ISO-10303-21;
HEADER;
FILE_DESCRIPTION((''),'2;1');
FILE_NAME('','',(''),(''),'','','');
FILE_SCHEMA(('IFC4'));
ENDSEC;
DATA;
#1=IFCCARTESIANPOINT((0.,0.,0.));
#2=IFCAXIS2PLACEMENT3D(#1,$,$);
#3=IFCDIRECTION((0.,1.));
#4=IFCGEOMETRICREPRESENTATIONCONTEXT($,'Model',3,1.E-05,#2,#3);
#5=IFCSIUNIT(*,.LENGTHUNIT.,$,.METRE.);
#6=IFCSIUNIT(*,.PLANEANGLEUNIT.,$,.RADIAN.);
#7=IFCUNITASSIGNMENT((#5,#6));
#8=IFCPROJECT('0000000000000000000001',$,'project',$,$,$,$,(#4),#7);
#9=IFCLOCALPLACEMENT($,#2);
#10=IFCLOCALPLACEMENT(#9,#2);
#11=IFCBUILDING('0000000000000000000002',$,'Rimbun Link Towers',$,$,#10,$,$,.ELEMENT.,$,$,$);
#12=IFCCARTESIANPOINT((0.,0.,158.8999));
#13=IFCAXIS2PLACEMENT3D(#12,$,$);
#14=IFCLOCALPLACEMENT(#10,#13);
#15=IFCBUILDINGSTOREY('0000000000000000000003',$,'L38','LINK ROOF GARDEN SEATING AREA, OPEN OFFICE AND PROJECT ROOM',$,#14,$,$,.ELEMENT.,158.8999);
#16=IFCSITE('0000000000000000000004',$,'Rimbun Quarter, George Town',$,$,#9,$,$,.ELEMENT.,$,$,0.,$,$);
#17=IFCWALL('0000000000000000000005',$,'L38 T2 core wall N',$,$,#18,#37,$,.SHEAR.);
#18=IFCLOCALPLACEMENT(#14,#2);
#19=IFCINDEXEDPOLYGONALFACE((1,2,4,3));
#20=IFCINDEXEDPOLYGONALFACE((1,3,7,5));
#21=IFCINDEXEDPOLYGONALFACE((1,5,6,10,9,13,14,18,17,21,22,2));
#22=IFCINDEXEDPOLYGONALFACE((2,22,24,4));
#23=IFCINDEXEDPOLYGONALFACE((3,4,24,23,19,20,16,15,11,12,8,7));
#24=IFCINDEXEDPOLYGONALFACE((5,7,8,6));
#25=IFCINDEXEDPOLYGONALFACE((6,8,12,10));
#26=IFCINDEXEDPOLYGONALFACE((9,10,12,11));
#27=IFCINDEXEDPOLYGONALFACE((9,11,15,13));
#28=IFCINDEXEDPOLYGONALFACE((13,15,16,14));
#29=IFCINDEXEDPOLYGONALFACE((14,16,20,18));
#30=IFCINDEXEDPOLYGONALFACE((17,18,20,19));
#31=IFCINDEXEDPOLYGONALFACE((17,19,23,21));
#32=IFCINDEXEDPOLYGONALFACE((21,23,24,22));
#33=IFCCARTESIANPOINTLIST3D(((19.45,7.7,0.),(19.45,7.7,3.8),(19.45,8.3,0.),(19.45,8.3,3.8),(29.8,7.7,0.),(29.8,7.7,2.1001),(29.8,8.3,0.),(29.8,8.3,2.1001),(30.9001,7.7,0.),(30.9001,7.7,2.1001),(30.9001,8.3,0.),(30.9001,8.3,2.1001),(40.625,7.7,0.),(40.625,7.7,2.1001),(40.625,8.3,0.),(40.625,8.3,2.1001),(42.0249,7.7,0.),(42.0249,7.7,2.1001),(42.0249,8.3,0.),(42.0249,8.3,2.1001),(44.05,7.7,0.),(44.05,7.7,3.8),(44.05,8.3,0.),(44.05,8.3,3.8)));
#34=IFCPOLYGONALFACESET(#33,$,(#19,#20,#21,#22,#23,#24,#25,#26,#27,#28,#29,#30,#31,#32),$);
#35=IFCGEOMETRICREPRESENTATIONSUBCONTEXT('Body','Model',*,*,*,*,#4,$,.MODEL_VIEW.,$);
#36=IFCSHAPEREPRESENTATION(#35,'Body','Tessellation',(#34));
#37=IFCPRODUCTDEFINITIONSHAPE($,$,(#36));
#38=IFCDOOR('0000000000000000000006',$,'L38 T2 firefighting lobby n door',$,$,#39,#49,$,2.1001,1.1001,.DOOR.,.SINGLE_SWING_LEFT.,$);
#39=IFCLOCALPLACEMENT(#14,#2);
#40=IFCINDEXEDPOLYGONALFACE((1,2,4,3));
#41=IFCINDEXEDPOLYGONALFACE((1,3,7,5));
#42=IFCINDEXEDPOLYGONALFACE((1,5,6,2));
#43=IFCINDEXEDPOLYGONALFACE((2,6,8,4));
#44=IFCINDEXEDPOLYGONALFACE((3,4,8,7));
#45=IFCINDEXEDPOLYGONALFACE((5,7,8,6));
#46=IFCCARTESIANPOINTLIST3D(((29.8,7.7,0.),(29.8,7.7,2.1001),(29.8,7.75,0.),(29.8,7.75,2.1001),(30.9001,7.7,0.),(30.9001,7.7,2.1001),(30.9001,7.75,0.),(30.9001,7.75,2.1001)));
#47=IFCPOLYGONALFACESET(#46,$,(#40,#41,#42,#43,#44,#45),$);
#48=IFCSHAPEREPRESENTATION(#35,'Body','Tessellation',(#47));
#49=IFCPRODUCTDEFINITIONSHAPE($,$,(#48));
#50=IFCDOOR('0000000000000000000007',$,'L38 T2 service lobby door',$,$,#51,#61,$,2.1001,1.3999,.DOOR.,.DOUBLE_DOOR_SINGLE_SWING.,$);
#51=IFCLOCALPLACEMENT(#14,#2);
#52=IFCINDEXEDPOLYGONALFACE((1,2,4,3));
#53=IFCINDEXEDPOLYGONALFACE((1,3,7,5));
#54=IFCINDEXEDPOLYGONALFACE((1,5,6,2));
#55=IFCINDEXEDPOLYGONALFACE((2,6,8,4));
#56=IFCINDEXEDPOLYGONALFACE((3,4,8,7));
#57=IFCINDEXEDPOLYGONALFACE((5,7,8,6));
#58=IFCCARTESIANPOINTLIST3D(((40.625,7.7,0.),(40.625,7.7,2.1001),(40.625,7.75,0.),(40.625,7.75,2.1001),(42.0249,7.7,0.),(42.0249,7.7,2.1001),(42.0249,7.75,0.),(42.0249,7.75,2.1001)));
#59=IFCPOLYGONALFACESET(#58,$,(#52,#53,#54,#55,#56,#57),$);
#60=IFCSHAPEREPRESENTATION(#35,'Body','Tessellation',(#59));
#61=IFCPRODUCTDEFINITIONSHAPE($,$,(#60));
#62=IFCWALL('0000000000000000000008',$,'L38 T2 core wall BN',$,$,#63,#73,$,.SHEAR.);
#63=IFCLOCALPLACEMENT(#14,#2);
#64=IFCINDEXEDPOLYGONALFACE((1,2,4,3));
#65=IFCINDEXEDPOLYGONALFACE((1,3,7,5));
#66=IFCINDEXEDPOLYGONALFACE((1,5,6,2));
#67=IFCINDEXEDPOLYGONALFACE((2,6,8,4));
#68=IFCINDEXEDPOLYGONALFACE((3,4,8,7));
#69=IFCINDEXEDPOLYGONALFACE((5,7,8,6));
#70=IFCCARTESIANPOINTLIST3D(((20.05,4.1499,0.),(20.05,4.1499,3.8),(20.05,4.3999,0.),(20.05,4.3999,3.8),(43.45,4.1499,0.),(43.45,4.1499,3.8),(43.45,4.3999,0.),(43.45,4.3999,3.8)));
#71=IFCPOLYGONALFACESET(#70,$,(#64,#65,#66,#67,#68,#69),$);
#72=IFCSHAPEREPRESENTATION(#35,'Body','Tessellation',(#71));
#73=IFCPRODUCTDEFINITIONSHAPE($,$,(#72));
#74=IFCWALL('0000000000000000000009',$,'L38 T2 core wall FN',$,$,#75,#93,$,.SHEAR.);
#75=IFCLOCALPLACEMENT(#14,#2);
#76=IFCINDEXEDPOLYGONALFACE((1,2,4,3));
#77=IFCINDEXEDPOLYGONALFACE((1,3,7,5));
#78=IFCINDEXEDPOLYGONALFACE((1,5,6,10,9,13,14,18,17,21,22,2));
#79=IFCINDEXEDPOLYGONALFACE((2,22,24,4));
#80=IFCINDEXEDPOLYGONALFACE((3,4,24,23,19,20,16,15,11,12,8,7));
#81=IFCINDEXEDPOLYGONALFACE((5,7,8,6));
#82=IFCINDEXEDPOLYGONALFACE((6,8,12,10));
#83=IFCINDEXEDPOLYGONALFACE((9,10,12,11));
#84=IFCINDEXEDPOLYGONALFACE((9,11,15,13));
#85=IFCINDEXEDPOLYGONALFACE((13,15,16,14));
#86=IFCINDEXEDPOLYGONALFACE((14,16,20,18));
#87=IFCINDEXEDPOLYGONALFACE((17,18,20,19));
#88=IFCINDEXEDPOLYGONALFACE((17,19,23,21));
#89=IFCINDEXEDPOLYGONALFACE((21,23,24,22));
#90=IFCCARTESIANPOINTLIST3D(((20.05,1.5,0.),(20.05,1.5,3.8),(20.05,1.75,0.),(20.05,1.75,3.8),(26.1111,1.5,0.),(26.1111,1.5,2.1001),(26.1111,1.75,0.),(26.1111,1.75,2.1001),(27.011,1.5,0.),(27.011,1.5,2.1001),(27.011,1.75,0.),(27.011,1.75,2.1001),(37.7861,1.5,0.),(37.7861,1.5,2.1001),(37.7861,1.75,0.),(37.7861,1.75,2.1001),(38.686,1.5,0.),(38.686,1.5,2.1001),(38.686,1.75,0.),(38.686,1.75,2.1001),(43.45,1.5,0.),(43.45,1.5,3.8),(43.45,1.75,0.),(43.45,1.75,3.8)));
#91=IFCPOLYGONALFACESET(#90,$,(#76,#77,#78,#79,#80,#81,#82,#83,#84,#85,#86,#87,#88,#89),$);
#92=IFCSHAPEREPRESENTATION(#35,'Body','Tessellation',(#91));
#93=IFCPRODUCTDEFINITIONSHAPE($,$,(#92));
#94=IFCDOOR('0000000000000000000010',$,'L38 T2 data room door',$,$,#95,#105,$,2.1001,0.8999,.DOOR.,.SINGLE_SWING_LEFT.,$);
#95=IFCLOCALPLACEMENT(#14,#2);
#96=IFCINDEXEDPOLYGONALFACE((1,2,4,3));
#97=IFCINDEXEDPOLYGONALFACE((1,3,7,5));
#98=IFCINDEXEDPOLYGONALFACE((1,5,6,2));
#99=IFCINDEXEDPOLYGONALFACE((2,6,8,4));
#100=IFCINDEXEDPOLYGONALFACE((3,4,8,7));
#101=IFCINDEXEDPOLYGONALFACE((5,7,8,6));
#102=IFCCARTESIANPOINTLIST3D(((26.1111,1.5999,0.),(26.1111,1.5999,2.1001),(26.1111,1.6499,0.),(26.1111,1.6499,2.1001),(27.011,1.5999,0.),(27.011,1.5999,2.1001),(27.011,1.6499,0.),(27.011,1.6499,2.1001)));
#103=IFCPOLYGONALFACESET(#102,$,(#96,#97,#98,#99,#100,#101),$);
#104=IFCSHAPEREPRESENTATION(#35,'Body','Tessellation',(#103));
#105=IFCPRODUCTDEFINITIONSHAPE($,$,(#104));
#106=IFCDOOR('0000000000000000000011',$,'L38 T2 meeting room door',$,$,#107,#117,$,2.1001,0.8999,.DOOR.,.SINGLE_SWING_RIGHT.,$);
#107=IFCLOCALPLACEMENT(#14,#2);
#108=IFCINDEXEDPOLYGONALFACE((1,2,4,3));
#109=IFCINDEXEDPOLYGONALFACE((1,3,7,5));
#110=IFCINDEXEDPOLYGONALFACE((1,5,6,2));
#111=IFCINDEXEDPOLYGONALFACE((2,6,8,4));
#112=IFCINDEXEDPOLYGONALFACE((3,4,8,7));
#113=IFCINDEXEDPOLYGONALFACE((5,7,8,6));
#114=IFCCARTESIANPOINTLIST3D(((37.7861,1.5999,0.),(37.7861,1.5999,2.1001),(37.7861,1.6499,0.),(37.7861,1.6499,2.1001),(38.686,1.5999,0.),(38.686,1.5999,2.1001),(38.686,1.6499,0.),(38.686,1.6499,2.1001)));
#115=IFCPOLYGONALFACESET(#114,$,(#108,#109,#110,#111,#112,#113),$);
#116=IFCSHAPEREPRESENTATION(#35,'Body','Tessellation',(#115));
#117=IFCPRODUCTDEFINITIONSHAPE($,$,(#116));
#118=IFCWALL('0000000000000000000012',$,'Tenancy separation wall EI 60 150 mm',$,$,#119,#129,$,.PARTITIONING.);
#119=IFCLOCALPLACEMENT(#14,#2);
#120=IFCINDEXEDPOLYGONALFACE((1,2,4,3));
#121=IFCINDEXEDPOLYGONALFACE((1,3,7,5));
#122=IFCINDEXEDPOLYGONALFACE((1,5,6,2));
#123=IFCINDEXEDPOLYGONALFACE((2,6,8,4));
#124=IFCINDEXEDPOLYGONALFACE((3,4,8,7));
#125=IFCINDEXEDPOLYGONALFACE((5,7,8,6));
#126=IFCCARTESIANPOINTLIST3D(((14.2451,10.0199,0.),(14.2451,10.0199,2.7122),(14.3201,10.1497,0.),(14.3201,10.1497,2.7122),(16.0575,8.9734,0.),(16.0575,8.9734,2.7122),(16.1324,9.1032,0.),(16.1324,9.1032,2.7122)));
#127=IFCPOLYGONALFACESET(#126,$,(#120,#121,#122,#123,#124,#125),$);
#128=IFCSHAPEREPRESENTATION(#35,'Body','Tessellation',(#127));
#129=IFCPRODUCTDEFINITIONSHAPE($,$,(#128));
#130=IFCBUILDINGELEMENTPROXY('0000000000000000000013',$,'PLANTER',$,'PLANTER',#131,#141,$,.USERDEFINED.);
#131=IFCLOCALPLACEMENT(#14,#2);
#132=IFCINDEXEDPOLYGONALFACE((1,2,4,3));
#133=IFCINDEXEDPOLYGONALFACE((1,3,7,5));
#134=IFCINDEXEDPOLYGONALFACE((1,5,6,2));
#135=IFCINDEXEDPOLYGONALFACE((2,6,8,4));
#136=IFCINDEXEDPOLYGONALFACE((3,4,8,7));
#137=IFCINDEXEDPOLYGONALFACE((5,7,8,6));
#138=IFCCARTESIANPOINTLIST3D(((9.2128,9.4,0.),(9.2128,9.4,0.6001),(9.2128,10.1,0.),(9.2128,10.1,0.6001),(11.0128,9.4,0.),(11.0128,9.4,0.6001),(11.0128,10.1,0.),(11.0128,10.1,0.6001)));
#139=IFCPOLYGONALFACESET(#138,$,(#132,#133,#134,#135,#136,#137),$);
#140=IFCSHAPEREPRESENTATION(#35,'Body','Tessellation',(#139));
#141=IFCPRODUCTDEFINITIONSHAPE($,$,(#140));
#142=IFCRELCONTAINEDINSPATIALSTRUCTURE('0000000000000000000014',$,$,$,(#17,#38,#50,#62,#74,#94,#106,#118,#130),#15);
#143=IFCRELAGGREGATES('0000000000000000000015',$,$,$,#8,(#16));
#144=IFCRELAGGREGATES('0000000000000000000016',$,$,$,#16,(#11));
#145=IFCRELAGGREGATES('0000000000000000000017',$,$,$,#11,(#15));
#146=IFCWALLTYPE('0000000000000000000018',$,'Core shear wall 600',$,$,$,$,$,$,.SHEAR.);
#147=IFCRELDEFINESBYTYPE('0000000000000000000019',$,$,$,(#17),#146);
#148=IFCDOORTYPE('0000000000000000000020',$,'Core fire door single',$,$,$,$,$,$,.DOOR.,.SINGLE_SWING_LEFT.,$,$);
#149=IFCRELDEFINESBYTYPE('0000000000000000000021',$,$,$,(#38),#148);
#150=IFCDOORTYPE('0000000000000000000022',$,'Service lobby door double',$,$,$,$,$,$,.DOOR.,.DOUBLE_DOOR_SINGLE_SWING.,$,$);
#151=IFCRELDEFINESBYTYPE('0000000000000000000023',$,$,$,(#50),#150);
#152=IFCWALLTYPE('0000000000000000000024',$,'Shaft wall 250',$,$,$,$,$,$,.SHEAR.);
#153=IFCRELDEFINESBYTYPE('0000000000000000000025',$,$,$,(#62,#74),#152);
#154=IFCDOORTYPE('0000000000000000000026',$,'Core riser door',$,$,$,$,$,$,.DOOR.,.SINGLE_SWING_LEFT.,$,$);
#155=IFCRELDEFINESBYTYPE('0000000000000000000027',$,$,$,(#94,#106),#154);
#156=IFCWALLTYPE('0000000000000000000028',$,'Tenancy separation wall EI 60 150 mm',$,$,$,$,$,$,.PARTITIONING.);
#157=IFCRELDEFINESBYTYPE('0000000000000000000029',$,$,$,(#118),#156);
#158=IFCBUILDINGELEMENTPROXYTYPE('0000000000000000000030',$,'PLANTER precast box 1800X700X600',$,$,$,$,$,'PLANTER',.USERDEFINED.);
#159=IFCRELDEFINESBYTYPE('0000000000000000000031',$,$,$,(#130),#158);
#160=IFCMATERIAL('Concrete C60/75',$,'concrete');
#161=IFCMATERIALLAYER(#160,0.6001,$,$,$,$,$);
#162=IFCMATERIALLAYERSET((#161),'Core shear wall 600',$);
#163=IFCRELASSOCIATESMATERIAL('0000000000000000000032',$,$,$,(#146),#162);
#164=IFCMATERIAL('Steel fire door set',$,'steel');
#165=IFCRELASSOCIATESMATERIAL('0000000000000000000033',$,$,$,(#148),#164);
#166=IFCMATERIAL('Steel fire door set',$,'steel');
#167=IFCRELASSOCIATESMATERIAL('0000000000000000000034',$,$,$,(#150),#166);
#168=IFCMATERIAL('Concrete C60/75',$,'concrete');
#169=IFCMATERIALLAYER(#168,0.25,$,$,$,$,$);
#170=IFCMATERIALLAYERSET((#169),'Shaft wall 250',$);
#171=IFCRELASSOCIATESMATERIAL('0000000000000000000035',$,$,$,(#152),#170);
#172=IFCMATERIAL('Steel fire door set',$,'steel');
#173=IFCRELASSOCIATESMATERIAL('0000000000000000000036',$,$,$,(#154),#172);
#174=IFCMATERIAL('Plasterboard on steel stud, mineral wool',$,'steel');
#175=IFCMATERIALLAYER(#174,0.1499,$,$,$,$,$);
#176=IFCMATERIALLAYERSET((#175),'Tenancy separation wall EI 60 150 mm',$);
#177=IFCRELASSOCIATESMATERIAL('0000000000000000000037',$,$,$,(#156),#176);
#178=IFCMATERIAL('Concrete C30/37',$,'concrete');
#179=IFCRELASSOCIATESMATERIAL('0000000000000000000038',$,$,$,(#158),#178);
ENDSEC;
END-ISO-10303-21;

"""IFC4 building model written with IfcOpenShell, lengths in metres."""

from ifc_helpers import new_model, si_unit, direction, frame, frame_2d, origin, origin_2d, place, context, subcontext, project, spatial, rectangle, extrude, material, layer, layer_set, type_object, element, fill, save


model = new_model("IFC4")

# Units and contexts
model_context = context("Model", 3, precision=1e-05, world=origin(), true_north=direction((0.0, 1.0)))
body_context = subcontext(model_context, "Body", "Model", "MODEL_VIEW")
ifc_project = project(units=[si_unit("LENGTHUNIT", "METRE"), si_unit("PLANEANGLEUNIT", "RADIAN")], contexts=[model_context])

# Site, building, storey
site_placement = place(None, origin())
site = spatial("IfcSite", under=ifc_project, at=site_placement, Name="Rimbun Quarter, George Town", CompositionType="ELEMENT", RefElevation=0.0)
building_placement = place(site_placement, origin())
building = spatial("IfcBuilding", under=site, at=building_placement, Name="Rimbun Link Towers", CompositionType="ELEMENT")
storey_placement = place(building_placement, frame((0.0, 0.0, 158.8999)))
storey = spatial("IfcBuildingStorey", under=building, at=storey_placement, Name="L38", Description="LINK ROOF GARDEN SEATING AREA, OPEN OFFICE AND PROJECT ROOM", CompositionType="ELEMENT", Elevation=158.8999)

# Wall, openings, doors
ifc_material_1 = material(Name="Concrete C60/75", Category="concrete")
ifc_layer_1 = layer(ifc_material_1, 0.6001)
ifc_layer_set_1 = layer_set([ifc_layer_1], Name="Core shear wall 600")
wall_type_1 = type_object("IfcWallType", Name="Core shear wall 600", PredefinedType="SHEAR", material=ifc_layer_set_1)
wall_1_placement = place(storey_placement, frame((19.45, 8.0, 0.0), z_axis=(0.0, 0.0, 1.0), x_axis=(1.0, 0.0, 0.0)))
wall_1 = element("IfcWall", 1, at=wall_1_placement, inside=storey, type_object=wall_type_1, Name="L38 T2 core wall N", PredefinedType="SHEAR", context=body_context, shape_type="SweptSolid", body=[
    extrude(rectangle(XDim=24.6001, YDim=0.6001, at=frame_2d((12.3, 0.0))), origin(), (0.0, 0.0, 1.0), 3.8),
])
opening_1_placement = place(wall_1_placement, frame((10.3501, 0.0, 0.0)))
opening_1 = element("IfcOpeningElement", 2, at=opening_1_placement, cuts=wall_1, PredefinedType="OPENING", context=body_context, shape_type="SweptSolid", body=[
    extrude(rectangle(XDim=1.1001, YDim=2.1001, at=frame_2d((0.55, 1.05))), frame((0.0, 0.3101, 0.0), z_axis=(0.0, -1.0, 0.0), x_axis=(1.0, 0.0, 0.0)), (0.0, 0.0, 1.0), 0.6201),
])
opening_2_placement = place(wall_1_placement, frame((21.175, 0.0, 0.0)))
opening_2 = element("IfcOpeningElement", 3, at=opening_2_placement, cuts=wall_1, PredefinedType="OPENING", context=body_context, shape_type="SweptSolid", body=[
    extrude(rectangle(XDim=1.3999, YDim=2.1001, at=frame_2d((0.7, 1.05))), frame((0.0, 0.3101, 0.0), z_axis=(0.0, -1.0, 0.0), x_axis=(1.0, 0.0, 0.0)), (0.0, 0.0, 1.0), 0.6201),
])
ifc_material_2 = material(Name="Steel fire door set", Category="steel")
door_type_1 = type_object("IfcDoorType", Name="Core fire door single", OperationType="SINGLE_SWING_LEFT", PredefinedType="DOOR", material=ifc_material_2)
door_1_placement = place(opening_1_placement, origin())
door_1 = element("IfcDoor", 4, at=door_1_placement, inside=storey, type_object=door_type_1, Name="L38 T2 firefighting lobby n door", OperationType="SINGLE_SWING_LEFT", OverallHeight=2.1001, OverallWidth=1.1001, PredefinedType="DOOR", context=body_context, shape_type="SweptSolid", body=[
    extrude(rectangle(XDim=1.1001, YDim=2.1001, at=frame_2d((0.55, 1.05))), frame((0.0, -0.25, 0.0), z_axis=(0.0, -1.0, 0.0), x_axis=(1.0, 0.0, 0.0)), (0.0, 0.0, 1.0), 0.05),
])
fill(opening_1, door_1)
ifc_material_3 = material(Name="Steel fire door set", Category="steel")
door_type_2 = type_object("IfcDoorType", Name="Service lobby door double", OperationType="DOUBLE_DOOR_SINGLE_SWING", PredefinedType="DOOR", material=ifc_material_3)
door_2_placement = place(opening_2_placement, origin())
door_2 = element("IfcDoor", 5, at=door_2_placement, inside=storey, type_object=door_type_2, Name="L38 T2 service lobby door", OperationType="DOUBLE_DOOR_SINGLE_SWING", OverallHeight=2.1001, OverallWidth=1.3999, PredefinedType="DOOR", context=body_context, shape_type="SweptSolid", body=[
    extrude(rectangle(XDim=1.3999, YDim=2.1001, at=frame_2d((0.7, 1.05))), frame((0.0, -0.25, 0.0), z_axis=(0.0, -1.0, 0.0), x_axis=(1.0, 0.0, 0.0)), (0.0, 0.0, 1.0), 0.05),
])
fill(opening_2, door_2)

# Wall
ifc_material_4 = material(Name="Concrete C60/75", Category="concrete")
ifc_layer_2 = layer(ifc_material_4, 0.25)
ifc_layer_set_2 = layer_set([ifc_layer_2], Name="Shaft wall 250")
wall_type_2 = type_object("IfcWallType", Name="Shaft wall 250", PredefinedType="SHEAR", material=ifc_layer_set_2)
wall_2_placement = place(storey_placement, frame((20.05, 4.2749, 0.0), z_axis=(0.0, 0.0, 1.0), x_axis=(1.0, 0.0, 0.0)))
element("IfcWall", 6, at=wall_2_placement, inside=storey, type_object=wall_type_2, Name="L38 T2 core wall BN", PredefinedType="SHEAR", context=body_context, shape_type="SweptSolid", body=[
    extrude(rectangle(XDim=23.3999, YDim=0.25, at=frame_2d((11.7, 0.0))), origin(), (0.0, 0.0, 1.0), 3.8),
])

# Wall, openings, doors
wall_3_placement = place(storey_placement, frame((20.05, 1.625, 0.0), z_axis=(0.0, 0.0, 1.0), x_axis=(1.0, 0.0, 0.0)))
wall_3 = element("IfcWall", 7, at=wall_3_placement, inside=storey, type_object=wall_type_2, Name="L38 T2 core wall FN", PredefinedType="SHEAR", context=body_context, shape_type="SweptSolid", body=[
    extrude(rectangle(XDim=23.3999, YDim=0.25, at=frame_2d((11.7, 0.0))), origin(), (0.0, 0.0, 1.0), 3.8),
])
opening_3_placement = place(wall_3_placement, frame((6.061, 0.0, 0.0)))
opening_3 = element("IfcOpeningElement", 8, at=opening_3_placement, cuts=wall_3, PredefinedType="OPENING", context=body_context, shape_type="SweptSolid", body=[
    extrude(rectangle(XDim=0.8999, YDim=2.1001, at=frame_2d((0.45, 1.05))), frame((0.0, 0.135, 0.0), z_axis=(0.0, -1.0, 0.0), x_axis=(1.0, 0.0, 0.0)), (0.0, 0.0, 1.0), 0.27),
])
opening_4_placement = place(wall_3_placement, frame((17.7361, 0.0, 0.0)))
opening_4 = element("IfcOpeningElement", 9, at=opening_4_placement, cuts=wall_3, PredefinedType="OPENING", context=body_context, shape_type="SweptSolid", body=[
    extrude(rectangle(XDim=0.8999, YDim=2.1001, at=frame_2d((0.45, 1.05))), frame((0.0, 0.135, 0.0), z_axis=(0.0, -1.0, 0.0), x_axis=(1.0, 0.0, 0.0)), (0.0, 0.0, 1.0), 0.27),
])
ifc_material_5 = material(Name="Steel fire door set", Category="steel")
door_type_3 = type_object("IfcDoorType", Name="Core riser door", OperationType="SINGLE_SWING_LEFT", PredefinedType="DOOR", material=ifc_material_5)
door_3_placement = place(opening_3_placement, origin())
door_3 = element("IfcDoor", 10, at=door_3_placement, inside=storey, type_object=door_type_3, Name="L38 T2 data room door", OperationType="SINGLE_SWING_LEFT", OverallHeight=2.1001, OverallWidth=0.8999, PredefinedType="DOOR", context=body_context, shape_type="SweptSolid", body=[
    extrude(rectangle(XDim=0.8999, YDim=2.1001, at=frame_2d((0.45, 1.05))), frame((0.0, 0.0249, 0.0), z_axis=(0.0, -1.0, 0.0), x_axis=(1.0, 0.0, 0.0)), (0.0, 0.0, 1.0), 0.05),
])
fill(opening_3, door_3)
door_4_placement = place(opening_4_placement, origin())
door_4 = element("IfcDoor", 11, at=door_4_placement, inside=storey, type_object=door_type_3, Name="L38 T2 meeting room door", OperationType="SINGLE_SWING_RIGHT", OverallHeight=2.1001, OverallWidth=0.8999, PredefinedType="DOOR", context=body_context, shape_type="SweptSolid", body=[
    extrude(rectangle(XDim=0.8999, YDim=2.1001, at=frame_2d((0.45, 1.05))), frame((0.0, 0.0249, 0.0), z_axis=(0.0, -1.0, 0.0), x_axis=(1.0, 0.0, 0.0)), (0.0, 0.0, 1.0), 0.05),
])
fill(opening_4, door_4)

# Wall
ifc_material_6 = material(Name="Plasterboard on steel stud, mineral wool", Category="steel")
ifc_layer_3 = layer(ifc_material_6, 0.1499)
ifc_layer_set_3 = layer_set([ifc_layer_3], Name="Tenancy separation wall EI 60 150 mm")
wall_type_3 = type_object("IfcWallType", Name="Tenancy separation wall EI 60 150 mm", PredefinedType="PARTITIONING", material=ifc_layer_set_3)
wall_4_placement = place(storey_placement, frame((16.095, 9.0383, 0.0), z_axis=(0.0, 0.0, 1.0), x_axis=(-0.866009, 0.500029, 0.0)))
element("IfcWall", 12, at=wall_4_placement, inside=storey, type_object=wall_type_3, Name="Tenancy separation wall EI 60 150 mm", PredefinedType="PARTITIONING", context=body_context, shape_type="SweptSolid", body=[
    extrude(rectangle(XDim=2.0928, YDim=0.1499, at=frame_2d((1.0464, 0.0))), origin(), (0.0, 0.0, 1.0), 2.7122),
])

# Building element proxy
ifc_material_7 = material(Name="Concrete C30/37", Category="concrete")
building_element_proxy_type = type_object("IfcBuildingElementProxyType", Name="PLANTER precast box 1800X700X600", ElementType="PLANTER", PredefinedType="USERDEFINED", material=ifc_material_7)
proxy_placement = place(storey_placement, frame((10.1128, 9.75, 0.0), z_axis=(0.0, 0.0, 1.0), x_axis=(-1.0, 0.0, 0.0)))
element("IfcBuildingElementProxy", 13, at=proxy_placement, inside=storey, type_object=building_element_proxy_type, Name="PLANTER", ObjectType="PLANTER", PredefinedType="USERDEFINED", context=body_context, shape_type="SweptSolid", body=[
    extrude(rectangle(XDim=1.8, YDim=0.7, at=origin_2d()), origin(), (0.0, 0.0, 1.0), 0.6001),
])

save(model, "model.ifc")
